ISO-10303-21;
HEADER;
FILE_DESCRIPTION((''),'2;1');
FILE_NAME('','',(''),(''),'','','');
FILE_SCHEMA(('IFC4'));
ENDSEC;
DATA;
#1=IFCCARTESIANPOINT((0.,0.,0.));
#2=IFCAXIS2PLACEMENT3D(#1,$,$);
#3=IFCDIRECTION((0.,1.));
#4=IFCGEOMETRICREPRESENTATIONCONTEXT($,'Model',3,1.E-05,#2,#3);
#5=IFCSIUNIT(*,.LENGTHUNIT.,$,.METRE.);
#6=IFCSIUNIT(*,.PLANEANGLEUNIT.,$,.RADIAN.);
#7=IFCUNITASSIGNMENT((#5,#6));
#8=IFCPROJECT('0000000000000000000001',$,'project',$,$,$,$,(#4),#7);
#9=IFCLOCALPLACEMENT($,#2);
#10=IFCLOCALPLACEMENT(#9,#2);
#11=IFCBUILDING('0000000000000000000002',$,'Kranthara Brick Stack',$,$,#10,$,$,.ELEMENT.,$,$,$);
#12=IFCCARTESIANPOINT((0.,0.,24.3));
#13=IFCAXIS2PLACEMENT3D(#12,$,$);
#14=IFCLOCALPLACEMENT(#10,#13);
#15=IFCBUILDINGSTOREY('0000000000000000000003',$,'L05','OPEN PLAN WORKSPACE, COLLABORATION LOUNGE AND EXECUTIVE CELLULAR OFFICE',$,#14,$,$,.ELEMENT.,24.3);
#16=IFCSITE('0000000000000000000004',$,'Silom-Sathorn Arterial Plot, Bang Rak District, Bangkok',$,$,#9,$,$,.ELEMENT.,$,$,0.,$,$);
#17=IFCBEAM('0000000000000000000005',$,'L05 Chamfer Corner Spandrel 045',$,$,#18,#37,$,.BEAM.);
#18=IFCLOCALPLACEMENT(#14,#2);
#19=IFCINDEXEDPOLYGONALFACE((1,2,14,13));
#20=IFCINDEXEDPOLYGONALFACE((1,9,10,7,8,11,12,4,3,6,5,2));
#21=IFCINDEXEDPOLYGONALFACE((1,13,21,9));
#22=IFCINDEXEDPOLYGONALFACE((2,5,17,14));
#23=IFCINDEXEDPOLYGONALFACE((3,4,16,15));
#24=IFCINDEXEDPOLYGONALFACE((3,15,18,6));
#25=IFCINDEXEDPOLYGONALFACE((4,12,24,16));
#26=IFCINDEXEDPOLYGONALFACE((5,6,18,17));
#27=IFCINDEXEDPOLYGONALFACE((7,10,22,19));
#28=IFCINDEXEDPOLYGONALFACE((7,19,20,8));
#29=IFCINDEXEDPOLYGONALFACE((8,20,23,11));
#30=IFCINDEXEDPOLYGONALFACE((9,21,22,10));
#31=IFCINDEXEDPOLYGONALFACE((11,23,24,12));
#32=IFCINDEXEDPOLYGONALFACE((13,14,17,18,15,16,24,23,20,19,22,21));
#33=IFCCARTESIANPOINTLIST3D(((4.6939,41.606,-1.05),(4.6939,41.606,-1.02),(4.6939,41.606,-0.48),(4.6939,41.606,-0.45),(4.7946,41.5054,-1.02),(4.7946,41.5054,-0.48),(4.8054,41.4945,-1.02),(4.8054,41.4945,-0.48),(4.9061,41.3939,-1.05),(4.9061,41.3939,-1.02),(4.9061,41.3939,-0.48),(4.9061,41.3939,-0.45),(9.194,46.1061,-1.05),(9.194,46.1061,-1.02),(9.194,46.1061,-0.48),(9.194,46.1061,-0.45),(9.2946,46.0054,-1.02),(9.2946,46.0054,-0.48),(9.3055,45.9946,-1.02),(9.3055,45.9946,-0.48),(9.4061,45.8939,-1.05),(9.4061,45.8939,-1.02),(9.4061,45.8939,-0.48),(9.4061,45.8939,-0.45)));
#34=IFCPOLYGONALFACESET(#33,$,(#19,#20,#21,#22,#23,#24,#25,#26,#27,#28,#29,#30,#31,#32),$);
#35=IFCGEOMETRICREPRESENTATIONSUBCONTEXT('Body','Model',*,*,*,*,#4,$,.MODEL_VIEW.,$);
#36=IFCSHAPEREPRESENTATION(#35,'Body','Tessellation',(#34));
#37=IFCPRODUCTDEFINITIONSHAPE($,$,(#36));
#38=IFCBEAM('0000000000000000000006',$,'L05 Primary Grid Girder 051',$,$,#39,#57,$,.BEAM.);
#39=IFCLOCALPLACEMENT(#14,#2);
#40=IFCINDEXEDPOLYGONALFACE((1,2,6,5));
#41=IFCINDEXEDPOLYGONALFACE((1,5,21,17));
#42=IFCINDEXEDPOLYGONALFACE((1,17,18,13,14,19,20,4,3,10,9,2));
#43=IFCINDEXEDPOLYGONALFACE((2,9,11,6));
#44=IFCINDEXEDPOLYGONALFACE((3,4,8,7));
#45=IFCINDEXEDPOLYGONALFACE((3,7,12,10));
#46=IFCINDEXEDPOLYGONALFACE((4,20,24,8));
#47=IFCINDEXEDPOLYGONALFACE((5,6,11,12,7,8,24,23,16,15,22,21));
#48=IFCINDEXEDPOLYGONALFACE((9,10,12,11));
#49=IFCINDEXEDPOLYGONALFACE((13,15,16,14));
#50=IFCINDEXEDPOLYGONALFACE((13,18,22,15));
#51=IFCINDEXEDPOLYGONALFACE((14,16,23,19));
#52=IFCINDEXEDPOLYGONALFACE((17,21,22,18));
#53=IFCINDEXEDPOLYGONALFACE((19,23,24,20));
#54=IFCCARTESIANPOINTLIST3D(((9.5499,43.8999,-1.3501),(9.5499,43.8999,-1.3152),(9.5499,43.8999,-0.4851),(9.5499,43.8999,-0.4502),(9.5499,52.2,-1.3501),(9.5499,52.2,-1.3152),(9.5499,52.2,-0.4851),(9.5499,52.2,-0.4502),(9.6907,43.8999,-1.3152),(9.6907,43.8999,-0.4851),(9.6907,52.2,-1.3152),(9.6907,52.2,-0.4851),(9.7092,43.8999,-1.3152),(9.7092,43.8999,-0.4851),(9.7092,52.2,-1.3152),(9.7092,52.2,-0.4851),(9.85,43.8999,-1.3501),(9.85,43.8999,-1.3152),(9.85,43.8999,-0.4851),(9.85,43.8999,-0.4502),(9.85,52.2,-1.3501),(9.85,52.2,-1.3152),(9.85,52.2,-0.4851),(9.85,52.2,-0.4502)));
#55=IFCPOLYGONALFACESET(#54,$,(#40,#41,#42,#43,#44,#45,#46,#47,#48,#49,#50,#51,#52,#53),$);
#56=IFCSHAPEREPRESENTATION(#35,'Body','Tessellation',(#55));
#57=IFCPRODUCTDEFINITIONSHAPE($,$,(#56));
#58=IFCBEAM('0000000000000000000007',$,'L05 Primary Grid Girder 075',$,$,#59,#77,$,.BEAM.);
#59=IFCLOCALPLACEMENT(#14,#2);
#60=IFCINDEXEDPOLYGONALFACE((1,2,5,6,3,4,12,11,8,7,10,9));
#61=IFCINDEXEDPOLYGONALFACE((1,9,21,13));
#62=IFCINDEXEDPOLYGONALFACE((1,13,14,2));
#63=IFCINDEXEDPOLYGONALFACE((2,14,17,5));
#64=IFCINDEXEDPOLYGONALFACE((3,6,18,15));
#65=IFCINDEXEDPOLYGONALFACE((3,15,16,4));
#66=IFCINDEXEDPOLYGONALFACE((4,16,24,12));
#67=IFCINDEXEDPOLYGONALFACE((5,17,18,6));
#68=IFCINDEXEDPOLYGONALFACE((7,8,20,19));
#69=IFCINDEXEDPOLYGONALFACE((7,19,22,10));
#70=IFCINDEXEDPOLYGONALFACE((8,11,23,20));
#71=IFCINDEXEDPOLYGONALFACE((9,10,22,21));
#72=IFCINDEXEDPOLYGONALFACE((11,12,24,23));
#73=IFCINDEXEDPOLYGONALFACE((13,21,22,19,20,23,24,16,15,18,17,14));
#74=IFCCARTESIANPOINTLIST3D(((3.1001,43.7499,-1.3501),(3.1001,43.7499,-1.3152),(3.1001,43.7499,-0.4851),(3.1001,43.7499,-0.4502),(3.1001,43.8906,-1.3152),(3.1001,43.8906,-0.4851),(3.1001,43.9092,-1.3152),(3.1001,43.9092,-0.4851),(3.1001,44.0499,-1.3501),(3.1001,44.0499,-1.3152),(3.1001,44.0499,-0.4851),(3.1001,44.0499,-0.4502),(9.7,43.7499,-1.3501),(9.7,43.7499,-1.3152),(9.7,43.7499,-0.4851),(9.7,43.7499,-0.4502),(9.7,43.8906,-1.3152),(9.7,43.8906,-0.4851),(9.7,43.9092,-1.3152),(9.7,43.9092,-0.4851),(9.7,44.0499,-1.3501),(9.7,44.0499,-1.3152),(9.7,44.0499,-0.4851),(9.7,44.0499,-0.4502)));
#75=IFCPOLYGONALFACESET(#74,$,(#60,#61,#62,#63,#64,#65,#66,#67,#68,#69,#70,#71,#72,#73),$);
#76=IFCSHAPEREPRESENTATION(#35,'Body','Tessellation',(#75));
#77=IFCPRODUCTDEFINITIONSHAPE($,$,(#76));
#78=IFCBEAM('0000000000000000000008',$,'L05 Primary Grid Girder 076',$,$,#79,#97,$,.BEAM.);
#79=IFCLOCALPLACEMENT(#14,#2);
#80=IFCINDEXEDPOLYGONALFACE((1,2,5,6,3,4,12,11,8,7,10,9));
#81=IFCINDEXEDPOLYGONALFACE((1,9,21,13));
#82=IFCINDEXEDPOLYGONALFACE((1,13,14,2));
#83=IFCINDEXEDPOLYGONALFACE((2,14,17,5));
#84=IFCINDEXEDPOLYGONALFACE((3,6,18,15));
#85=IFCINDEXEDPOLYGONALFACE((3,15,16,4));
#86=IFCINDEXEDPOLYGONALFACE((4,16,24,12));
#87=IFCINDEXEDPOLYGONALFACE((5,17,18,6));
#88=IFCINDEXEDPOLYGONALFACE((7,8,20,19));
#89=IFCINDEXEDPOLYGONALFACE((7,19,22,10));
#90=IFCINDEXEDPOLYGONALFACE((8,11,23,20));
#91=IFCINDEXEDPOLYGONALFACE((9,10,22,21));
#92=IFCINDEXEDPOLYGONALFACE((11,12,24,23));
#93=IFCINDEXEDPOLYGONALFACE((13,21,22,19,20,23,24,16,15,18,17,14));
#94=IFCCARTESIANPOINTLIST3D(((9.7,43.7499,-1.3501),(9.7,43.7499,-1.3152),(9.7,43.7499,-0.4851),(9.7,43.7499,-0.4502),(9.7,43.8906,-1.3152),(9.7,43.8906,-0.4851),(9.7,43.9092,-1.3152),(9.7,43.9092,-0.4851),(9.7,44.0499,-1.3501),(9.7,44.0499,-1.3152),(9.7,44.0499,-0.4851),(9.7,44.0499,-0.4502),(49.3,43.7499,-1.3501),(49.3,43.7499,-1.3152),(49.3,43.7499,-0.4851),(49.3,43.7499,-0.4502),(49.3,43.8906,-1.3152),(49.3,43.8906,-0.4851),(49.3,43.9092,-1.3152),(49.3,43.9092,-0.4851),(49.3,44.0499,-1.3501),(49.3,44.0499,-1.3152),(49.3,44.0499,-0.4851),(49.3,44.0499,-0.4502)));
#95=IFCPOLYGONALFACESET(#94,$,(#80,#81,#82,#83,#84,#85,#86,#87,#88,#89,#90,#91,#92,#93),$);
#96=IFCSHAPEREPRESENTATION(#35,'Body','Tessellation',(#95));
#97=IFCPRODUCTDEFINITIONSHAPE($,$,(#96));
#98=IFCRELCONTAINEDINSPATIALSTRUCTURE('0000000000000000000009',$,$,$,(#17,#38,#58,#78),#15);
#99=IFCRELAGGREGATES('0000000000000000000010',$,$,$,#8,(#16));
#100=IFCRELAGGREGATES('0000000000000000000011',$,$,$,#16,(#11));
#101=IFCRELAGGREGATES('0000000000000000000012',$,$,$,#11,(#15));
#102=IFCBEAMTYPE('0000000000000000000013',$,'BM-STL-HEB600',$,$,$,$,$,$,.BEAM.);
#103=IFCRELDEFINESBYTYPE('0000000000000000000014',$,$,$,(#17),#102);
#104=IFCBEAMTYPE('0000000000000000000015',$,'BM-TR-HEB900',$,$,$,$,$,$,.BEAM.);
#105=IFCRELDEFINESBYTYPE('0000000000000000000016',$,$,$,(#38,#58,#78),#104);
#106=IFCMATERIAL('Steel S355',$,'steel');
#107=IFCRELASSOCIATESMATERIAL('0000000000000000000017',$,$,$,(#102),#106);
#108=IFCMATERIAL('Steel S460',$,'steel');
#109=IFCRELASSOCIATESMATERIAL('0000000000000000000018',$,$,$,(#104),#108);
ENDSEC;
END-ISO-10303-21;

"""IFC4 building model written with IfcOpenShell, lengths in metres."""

from ifc_helpers import new_model, si_unit, direction, frame, origin, origin_2d, place, context, subcontext, project, spatial, i_section, extrude, material, material_profile, profile_set, type_object, element, save


model = new_model("IFC4")

# Units and contexts
model_context = context("Model", 3, precision=1e-05, world=origin(), true_north=direction((0.0, 1.0)))
body_context = subcontext(model_context, "Body", "Model", "MODEL_VIEW")
ifc_project = project(units=[si_unit("LENGTHUNIT", "METRE"), si_unit("PLANEANGLEUNIT", "RADIAN")], contexts=[model_context])

# Site, building, storey
site_placement = place(None, origin())
site = spatial("IfcSite", under=ifc_project, at=site_placement, Name="Silom-Sathorn Arterial Plot, Bang Rak District, Bangkok", CompositionType="ELEMENT", RefElevation=0.0)
building_placement = place(site_placement, origin())
building = spatial("IfcBuilding", under=site, at=building_placement, Name="Kranthara Brick Stack", CompositionType="ELEMENT")
storey_placement = place(building_placement, frame((0.0, 0.0, 24.3)))
storey = spatial("IfcBuildingStorey", under=building, at=storey_placement, Name="L05", Description="OPEN PLAN WORKSPACE, COLLABORATION LOUNGE AND EXECUTIVE CELLULAR OFFICE", CompositionType="ELEMENT", Elevation=24.3)

# Beams
ifc_material_1 = material(Name="Steel S355", Category="steel")
ifc_material_profile_1 = material_profile(ifc_material_1, i_section(OverallWidth=0.3, OverallDepth=0.6001, WebThickness=0.0154, FlangeThickness=0.03, at=origin_2d()), Name="HEB 600")
ifc_profile_set_1 = profile_set([ifc_material_profile_1], Name="Steel S355")
beam_type_1 = type_object("IfcBeamType", Name="BM-STL-HEB600", PredefinedType="BEAM", material=ifc_profile_set_1)
beam_1_placement = place(storey_placement, frame((9.3, 46.0, -0.75), z_axis=(-0.707107, -0.707107, 0.0), x_axis=(0.707107, -0.707107, 0.0)))
element("IfcBeam", 1, at=beam_1_placement, inside=storey, type_object=beam_type_1, Name="L05 Chamfer Corner Spandrel 045", PredefinedType="BEAM", context=body_context, shape_type="SweptSolid", body=[
    extrude(i_section(OverallWidth=0.3, OverallDepth=0.6001, WebThickness=0.0154, FlangeThickness=0.03, at=origin_2d()), origin(), (0.0, 0.0, 1.0), 6.364),
])
ifc_material_2 = material(Name="Steel S460", Category="steel")
ifc_material_profile_2 = material_profile(ifc_material_2, i_section(OverallWidth=0.3, OverallDepth=0.8999, WebThickness=0.0186, FlangeThickness=0.0349, at=origin_2d()), Name="HEB 900")
ifc_profile_set_2 = profile_set([ifc_material_profile_2], Name="Steel S460")
beam_type_2 = type_object("IfcBeamType", Name="BM-TR-HEB900", PredefinedType="BEAM", material=ifc_profile_set_2)
beam_2_placement = place(storey_placement, frame((9.7, 43.8999, -0.9001), z_axis=(0.0, 1.0, 0.0), x_axis=(-1.0, 0.0, 0.0)))
element("IfcBeam", 2, at=beam_2_placement, inside=storey, type_object=beam_type_2, Name="L05 Primary Grid Girder 051", PredefinedType="BEAM", context=body_context, shape_type="SweptSolid", body=[
    extrude(i_section(OverallWidth=0.3, OverallDepth=0.8999, WebThickness=0.0186, FlangeThickness=0.0349, at=origin_2d()), origin(), (0.0, 0.0, 1.0), 8.3),
])
beam_3_placement = place(storey_placement, frame((3.1001, 43.8999, -0.9001), z_axis=(1.0, 0.0, 0.0), x_axis=(0.0, 1.0, 0.0)))
element("IfcBeam", 3, at=beam_3_placement, inside=storey, type_object=beam_type_2, Name="L05 Primary Grid Girder 075", PredefinedType="BEAM", context=body_context, shape_type="SweptSolid", body=[
    extrude(i_section(OverallWidth=0.3, OverallDepth=0.8999, WebThickness=0.0186, FlangeThickness=0.0349, at=origin_2d()), origin(), (0.0, 0.0, 1.0), 6.5999),
])
beam_4_placement = place(storey_placement, frame((9.7, 43.8999, -0.9001), z_axis=(1.0, 0.0, 0.0), x_axis=(0.0, 1.0, 0.0)))
element("IfcBeam", 4, at=beam_4_placement, inside=storey, type_object=beam_type_2, Name="L05 Primary Grid Girder 076", PredefinedType="BEAM", context=body_context, shape_type="SweptSolid", body=[
    extrude(i_section(OverallWidth=0.3, OverallDepth=0.8999, WebThickness=0.0186, FlangeThickness=0.0349, at=origin_2d()), origin(), (0.0, 0.0, 1.0), 39.6001),
])

save(model, "model.ifc")
